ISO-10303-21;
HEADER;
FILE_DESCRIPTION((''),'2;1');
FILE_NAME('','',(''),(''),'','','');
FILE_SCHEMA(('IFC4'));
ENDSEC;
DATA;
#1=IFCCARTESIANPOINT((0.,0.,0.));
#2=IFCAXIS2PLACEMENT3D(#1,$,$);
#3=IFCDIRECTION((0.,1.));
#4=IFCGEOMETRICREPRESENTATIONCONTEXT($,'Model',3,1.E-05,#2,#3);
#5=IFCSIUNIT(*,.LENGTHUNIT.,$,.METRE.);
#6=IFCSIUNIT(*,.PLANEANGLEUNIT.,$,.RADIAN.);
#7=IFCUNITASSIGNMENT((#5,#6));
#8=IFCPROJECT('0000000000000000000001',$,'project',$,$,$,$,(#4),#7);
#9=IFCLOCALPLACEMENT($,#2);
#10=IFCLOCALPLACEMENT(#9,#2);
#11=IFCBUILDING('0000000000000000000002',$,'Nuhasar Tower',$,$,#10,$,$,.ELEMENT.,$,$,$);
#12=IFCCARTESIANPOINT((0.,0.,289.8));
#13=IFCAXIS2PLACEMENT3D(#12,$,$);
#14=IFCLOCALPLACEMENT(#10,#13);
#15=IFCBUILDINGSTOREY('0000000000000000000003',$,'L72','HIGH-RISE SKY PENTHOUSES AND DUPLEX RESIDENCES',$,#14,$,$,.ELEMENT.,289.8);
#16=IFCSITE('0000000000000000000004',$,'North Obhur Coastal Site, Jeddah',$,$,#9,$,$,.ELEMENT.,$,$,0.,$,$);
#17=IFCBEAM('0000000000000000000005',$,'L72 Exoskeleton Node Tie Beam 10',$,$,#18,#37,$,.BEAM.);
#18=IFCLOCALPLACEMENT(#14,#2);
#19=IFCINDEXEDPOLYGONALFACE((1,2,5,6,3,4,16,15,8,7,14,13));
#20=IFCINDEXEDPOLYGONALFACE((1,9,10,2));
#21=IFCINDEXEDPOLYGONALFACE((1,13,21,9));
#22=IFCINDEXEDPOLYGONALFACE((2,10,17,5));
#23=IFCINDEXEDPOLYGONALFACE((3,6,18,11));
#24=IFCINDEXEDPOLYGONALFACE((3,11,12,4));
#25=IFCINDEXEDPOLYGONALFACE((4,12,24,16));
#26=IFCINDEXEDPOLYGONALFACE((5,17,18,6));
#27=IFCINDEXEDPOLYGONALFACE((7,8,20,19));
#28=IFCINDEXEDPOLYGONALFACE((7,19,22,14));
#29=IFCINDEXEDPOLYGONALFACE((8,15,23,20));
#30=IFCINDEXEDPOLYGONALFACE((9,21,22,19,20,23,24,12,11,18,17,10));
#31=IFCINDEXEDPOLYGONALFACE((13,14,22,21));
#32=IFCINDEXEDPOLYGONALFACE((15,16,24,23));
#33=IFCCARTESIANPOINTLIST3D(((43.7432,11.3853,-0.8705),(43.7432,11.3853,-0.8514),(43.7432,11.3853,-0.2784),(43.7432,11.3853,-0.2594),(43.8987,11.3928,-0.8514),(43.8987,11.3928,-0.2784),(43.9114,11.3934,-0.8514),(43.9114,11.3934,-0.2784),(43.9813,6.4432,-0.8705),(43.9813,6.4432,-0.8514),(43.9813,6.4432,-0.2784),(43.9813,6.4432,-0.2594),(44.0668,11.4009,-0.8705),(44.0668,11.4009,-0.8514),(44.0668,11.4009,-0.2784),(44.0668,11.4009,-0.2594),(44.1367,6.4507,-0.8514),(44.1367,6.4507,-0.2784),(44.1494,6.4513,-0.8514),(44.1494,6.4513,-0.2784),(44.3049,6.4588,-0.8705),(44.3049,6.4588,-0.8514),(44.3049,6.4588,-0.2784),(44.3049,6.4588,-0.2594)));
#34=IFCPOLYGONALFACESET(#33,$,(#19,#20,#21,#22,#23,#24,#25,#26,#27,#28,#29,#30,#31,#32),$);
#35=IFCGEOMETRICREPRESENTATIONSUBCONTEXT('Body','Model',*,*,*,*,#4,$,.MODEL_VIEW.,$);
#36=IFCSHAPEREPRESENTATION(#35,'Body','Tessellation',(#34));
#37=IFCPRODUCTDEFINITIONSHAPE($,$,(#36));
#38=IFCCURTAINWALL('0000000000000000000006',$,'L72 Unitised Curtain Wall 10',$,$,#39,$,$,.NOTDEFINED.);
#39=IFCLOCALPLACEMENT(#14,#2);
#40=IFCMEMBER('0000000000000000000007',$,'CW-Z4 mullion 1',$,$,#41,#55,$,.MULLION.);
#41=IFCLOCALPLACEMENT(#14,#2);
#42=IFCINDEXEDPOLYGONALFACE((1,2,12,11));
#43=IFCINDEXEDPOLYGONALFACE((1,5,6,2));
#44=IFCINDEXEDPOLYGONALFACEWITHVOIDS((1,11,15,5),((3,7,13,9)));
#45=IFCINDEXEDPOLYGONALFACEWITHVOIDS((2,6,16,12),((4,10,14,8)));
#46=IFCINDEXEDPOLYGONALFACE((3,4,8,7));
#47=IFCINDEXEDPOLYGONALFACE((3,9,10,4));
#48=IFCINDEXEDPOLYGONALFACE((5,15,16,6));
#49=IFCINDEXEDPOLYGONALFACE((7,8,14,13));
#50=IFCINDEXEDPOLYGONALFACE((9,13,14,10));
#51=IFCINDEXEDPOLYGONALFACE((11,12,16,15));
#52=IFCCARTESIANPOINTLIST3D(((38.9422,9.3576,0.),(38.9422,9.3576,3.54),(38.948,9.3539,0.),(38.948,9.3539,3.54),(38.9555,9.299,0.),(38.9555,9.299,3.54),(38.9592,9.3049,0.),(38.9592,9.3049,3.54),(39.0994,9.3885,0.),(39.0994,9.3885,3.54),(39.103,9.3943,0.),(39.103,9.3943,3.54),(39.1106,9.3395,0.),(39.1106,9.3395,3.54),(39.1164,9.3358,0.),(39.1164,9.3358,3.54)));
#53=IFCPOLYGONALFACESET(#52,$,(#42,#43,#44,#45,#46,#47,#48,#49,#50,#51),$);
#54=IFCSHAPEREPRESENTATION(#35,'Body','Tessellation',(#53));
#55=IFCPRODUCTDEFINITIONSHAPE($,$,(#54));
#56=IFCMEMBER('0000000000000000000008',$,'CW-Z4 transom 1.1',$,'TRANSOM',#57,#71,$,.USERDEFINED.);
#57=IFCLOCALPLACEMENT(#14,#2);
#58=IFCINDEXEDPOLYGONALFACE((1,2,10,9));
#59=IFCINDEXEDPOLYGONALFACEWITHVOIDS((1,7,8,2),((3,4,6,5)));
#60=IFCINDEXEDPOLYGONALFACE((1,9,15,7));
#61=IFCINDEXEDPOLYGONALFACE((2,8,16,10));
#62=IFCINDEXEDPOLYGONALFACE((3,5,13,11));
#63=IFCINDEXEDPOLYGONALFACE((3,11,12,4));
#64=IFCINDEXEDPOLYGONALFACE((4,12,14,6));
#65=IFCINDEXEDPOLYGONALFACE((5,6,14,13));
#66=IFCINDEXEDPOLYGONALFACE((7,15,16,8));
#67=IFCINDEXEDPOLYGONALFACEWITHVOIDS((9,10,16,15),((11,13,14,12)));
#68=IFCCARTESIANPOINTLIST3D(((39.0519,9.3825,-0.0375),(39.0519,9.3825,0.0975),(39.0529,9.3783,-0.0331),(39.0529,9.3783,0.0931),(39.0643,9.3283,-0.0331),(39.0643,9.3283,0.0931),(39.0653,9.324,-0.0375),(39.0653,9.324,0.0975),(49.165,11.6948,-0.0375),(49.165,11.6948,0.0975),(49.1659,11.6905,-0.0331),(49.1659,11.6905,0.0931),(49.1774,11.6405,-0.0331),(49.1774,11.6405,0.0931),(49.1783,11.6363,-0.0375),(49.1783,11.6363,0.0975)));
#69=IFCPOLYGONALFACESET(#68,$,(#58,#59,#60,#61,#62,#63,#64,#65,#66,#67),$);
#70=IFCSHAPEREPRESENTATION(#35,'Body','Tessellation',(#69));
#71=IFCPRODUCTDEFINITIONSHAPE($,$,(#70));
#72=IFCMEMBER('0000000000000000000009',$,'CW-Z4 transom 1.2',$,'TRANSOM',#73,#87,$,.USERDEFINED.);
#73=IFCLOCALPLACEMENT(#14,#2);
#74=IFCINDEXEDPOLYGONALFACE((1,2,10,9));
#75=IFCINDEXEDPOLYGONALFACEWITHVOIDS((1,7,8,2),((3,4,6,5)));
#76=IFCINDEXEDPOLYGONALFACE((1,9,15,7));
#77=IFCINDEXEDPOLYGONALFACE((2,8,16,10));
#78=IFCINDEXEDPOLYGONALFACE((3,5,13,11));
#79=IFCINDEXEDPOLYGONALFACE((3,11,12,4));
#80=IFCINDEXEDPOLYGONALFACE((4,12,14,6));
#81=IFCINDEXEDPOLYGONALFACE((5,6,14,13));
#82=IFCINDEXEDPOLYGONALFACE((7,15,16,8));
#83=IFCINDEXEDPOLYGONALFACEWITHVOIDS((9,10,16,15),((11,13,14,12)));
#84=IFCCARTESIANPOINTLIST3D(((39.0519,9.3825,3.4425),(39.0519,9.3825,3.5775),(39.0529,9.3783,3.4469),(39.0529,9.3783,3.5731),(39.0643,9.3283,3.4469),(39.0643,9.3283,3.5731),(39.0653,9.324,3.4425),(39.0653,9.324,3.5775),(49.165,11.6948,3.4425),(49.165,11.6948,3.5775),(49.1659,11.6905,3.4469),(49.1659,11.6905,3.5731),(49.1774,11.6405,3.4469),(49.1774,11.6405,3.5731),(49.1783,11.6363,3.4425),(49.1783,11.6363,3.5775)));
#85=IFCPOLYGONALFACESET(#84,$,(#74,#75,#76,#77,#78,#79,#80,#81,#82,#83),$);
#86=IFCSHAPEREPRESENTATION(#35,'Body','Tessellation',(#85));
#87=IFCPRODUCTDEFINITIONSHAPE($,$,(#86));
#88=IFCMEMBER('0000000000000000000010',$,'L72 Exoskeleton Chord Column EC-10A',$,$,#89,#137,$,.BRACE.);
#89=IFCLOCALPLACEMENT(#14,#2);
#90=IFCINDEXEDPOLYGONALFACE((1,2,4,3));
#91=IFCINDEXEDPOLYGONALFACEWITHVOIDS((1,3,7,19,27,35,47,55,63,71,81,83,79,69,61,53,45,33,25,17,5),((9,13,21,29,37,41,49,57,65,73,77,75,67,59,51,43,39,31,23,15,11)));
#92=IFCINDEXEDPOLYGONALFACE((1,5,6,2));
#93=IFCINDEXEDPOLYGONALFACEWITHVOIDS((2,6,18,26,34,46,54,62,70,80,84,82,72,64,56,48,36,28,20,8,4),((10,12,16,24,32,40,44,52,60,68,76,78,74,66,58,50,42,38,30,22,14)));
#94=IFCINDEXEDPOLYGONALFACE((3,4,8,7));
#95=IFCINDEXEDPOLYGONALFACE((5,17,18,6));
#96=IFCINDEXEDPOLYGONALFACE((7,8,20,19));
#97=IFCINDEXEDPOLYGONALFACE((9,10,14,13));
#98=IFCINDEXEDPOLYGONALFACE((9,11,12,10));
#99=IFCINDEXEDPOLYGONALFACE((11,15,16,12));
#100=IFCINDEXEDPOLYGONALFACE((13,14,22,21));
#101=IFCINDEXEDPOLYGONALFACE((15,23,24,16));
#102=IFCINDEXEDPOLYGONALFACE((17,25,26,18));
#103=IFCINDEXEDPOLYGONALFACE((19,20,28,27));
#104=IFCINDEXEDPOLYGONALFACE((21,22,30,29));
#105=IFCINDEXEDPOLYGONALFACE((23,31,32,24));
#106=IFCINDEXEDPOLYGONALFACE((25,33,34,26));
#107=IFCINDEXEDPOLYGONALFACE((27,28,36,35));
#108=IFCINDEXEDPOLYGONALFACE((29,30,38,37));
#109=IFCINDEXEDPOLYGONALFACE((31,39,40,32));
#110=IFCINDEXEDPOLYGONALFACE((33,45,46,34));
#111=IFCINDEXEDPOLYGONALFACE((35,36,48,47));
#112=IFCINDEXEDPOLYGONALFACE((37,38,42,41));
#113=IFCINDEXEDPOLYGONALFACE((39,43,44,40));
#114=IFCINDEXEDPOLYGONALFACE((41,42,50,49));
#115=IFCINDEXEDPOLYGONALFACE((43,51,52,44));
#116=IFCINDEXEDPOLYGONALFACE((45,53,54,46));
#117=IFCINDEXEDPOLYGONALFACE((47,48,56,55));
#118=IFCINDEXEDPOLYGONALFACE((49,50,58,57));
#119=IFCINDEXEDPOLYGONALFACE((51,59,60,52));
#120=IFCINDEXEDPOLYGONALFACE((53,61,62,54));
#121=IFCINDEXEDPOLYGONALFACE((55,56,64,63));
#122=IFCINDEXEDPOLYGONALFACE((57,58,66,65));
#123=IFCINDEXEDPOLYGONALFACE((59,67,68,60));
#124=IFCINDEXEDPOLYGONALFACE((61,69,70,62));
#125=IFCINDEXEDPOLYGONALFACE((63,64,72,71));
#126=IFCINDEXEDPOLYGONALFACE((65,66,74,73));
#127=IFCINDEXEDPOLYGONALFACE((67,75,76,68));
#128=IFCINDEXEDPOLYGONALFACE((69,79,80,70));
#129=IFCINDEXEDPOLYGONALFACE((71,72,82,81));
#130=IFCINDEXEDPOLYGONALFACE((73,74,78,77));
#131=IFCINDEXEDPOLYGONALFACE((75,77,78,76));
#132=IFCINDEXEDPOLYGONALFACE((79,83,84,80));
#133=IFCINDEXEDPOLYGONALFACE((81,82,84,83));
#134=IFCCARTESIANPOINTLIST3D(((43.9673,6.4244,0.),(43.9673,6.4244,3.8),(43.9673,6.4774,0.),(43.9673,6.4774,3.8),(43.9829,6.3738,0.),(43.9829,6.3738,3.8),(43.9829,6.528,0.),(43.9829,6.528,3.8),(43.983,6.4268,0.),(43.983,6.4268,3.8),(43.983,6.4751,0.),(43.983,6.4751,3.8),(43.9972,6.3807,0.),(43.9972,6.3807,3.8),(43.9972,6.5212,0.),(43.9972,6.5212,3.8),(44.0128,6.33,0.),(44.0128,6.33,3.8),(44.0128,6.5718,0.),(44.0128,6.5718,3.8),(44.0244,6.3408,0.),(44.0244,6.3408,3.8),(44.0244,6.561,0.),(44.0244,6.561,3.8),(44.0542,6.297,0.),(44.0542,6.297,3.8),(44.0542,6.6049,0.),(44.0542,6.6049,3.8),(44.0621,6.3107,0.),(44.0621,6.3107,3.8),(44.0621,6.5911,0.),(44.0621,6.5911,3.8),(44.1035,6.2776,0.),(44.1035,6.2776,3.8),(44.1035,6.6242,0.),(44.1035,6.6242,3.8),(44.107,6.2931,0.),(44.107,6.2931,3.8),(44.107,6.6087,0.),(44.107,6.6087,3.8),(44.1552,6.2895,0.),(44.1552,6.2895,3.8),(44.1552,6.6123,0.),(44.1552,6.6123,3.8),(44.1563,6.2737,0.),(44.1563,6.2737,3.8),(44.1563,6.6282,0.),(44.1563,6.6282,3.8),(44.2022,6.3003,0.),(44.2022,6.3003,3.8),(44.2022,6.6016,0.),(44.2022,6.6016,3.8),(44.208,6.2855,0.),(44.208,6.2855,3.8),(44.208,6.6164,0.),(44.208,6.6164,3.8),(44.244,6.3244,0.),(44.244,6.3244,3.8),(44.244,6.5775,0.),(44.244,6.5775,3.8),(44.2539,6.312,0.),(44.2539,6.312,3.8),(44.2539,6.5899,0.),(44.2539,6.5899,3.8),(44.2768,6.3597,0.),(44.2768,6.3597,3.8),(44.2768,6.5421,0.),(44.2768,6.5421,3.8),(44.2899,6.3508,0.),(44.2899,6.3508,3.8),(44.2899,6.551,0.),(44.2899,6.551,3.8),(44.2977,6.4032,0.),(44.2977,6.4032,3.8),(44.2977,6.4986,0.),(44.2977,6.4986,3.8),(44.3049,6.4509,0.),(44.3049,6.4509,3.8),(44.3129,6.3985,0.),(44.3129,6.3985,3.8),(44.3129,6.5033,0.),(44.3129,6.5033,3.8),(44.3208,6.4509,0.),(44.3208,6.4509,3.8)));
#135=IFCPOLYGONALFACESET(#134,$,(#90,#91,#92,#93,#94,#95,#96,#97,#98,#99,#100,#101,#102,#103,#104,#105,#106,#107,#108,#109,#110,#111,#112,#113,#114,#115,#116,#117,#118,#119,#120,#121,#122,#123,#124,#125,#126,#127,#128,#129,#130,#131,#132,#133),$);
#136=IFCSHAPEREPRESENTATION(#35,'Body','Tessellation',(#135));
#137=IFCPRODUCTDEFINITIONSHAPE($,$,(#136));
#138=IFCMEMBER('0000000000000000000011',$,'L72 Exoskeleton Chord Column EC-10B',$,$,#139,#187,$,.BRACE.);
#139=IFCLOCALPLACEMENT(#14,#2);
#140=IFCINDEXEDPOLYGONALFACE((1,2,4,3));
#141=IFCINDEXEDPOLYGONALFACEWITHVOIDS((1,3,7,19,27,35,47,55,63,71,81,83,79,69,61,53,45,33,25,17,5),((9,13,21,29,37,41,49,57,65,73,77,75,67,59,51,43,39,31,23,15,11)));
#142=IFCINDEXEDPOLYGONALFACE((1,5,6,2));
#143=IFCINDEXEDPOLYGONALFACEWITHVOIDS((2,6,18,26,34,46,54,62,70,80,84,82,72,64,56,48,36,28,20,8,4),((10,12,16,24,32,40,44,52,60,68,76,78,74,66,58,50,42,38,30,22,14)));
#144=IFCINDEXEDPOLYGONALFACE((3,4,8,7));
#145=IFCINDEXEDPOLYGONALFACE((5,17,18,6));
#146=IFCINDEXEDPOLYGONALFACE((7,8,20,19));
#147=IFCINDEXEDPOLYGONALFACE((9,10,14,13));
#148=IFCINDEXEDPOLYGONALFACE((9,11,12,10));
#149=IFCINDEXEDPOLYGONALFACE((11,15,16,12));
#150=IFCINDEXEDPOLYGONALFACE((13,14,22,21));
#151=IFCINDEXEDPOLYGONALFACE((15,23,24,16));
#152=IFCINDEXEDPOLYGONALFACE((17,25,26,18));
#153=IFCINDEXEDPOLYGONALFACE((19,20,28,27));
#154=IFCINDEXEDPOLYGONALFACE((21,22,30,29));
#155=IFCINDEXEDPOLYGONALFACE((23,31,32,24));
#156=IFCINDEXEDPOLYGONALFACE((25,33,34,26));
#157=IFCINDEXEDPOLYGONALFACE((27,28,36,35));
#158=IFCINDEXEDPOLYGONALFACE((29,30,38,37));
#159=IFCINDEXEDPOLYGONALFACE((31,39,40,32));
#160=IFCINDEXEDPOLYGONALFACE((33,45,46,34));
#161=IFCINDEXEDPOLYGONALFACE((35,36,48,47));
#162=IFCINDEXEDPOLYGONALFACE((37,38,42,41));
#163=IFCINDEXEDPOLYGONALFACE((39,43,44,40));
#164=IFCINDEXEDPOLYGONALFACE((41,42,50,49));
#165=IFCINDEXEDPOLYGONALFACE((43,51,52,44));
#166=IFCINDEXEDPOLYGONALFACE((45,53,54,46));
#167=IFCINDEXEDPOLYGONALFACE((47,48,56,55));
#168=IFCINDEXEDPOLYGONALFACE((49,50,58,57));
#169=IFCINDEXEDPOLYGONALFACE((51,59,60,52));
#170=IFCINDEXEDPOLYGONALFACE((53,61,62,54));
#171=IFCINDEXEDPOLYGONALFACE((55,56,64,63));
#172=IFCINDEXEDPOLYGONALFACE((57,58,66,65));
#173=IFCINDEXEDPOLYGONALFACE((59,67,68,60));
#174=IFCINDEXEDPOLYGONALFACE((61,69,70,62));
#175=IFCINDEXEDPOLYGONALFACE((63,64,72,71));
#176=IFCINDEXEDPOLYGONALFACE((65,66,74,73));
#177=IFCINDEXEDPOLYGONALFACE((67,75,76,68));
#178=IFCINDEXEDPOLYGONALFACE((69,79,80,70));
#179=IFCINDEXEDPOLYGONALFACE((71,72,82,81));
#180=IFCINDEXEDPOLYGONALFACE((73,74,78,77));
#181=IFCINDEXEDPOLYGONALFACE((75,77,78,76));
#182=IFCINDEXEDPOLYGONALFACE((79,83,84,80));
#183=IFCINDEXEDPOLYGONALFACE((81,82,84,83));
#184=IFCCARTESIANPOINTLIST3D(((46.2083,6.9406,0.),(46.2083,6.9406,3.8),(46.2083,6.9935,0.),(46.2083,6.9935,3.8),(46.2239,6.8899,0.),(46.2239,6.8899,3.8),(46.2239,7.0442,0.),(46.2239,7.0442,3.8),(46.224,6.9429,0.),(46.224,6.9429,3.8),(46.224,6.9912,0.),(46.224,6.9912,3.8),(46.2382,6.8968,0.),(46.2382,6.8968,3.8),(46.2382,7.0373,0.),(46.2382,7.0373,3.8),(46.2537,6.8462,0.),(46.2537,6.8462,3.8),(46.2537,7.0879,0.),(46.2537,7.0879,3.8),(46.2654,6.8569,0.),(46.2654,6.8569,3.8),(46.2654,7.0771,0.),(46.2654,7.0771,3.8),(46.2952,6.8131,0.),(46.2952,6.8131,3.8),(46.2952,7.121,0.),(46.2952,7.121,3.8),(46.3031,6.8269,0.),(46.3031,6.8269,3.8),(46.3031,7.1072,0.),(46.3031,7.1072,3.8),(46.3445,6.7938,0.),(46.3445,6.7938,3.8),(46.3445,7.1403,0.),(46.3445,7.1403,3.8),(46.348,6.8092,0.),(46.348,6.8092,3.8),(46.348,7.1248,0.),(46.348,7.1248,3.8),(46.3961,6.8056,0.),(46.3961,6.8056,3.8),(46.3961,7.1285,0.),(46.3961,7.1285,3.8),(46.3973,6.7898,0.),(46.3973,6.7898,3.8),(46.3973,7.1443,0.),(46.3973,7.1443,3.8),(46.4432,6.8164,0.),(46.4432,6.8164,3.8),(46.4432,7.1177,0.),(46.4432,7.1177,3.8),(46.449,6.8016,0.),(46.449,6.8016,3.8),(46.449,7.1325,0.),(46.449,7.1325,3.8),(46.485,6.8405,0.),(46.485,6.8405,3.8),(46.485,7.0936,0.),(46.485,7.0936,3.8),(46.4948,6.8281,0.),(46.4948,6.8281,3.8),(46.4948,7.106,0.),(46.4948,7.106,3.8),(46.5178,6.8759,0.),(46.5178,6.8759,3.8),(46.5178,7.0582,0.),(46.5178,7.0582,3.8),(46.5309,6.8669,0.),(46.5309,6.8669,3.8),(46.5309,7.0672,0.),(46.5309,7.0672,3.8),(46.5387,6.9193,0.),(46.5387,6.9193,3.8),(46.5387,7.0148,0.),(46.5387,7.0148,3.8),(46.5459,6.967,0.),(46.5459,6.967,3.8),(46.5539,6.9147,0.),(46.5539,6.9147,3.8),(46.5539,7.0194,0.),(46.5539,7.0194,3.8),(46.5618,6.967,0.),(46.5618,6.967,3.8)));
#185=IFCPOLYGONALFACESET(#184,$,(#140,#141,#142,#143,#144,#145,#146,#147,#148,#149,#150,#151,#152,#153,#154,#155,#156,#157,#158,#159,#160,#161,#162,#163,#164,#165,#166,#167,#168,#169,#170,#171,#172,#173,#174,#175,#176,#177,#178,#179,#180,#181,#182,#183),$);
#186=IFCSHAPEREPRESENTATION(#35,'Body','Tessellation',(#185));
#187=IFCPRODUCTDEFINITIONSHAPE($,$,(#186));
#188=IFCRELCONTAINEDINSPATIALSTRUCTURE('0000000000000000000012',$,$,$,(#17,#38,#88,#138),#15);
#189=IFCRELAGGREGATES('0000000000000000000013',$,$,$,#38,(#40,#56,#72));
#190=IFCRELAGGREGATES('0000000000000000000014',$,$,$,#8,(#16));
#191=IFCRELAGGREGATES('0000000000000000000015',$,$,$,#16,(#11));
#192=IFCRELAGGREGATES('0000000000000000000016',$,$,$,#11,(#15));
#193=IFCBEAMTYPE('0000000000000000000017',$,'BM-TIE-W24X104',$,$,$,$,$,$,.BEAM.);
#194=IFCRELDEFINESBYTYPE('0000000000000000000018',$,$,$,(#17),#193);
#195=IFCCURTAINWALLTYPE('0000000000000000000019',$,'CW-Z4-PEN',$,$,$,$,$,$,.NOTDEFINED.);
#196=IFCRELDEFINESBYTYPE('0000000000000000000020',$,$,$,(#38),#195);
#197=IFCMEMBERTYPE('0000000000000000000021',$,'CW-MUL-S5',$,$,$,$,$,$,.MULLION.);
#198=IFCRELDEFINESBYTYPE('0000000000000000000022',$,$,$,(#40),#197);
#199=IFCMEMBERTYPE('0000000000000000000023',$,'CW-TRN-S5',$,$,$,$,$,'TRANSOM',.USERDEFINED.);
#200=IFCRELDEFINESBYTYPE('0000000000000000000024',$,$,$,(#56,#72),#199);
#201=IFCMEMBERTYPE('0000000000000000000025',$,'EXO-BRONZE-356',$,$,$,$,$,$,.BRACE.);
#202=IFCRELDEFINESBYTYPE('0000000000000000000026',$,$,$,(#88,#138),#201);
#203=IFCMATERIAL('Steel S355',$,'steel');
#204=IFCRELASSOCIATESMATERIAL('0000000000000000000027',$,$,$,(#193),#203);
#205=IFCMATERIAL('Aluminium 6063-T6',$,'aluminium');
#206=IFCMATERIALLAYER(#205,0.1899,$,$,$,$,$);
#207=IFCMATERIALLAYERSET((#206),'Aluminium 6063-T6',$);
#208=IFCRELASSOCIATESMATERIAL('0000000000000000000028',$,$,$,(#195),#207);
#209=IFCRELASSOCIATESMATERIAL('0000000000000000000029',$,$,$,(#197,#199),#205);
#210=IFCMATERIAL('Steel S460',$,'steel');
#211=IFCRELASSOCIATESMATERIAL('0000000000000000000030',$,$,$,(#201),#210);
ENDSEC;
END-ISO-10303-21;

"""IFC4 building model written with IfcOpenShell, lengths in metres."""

from ifc_helpers import new_model, si_unit, direction, frame, origin, origin_2d, place, context, subcontext, project, spatial, hollow_rectangle, hollow_circle, i_section, extrude, material, layer, layer_set, material_profile, profile_set, type_object, element, aggregate, save


model = new_model("IFC4")

# Units and contexts
model_context = context("Model", 3, precision=1e-05, world=origin(), true_north=direction((0.0, 1.0)))
body_context = subcontext(model_context, "Body", "Model", "MODEL_VIEW")
ifc_project = project(units=[si_unit("LENGTHUNIT", "METRE"), si_unit("PLANEANGLEUNIT", "RADIAN")], contexts=[model_context])

# Site, building, storey
site_placement = place(None, origin())
site = spatial("IfcSite", under=ifc_project, at=site_placement, Name="North Obhur Coastal Site, Jeddah", CompositionType="ELEMENT", RefElevation=0.0)
building_placement = place(site_placement, origin())
building = spatial("IfcBuilding", under=site, at=building_placement, Name="Nuhasar Tower", CompositionType="ELEMENT")
storey_placement = place(building_placement, frame((0.0, 0.0, 289.8)))
storey = spatial("IfcBuildingStorey", under=building, at=storey_placement, Name="L72", Description="HIGH-RISE SKY PENTHOUSES AND DUPLEX RESIDENCES", CompositionType="ELEMENT", Elevation=289.8)

# Beam
ifc_material_1 = material(Name="Steel S355", Category="steel")
ifc_material_profile_1 = material_profile(ifc_material_1, i_section(OverallWidth=0.324, OverallDepth=0.6111, WebThickness=0.0127, FlangeThickness=0.019, at=origin_2d()), Name="W24X104")
ifc_profile_set_1 = profile_set([ifc_material_profile_1], Name="Steel S355")
beam_type_1 = type_object("IfcBeamType", Name="BM-TIE-W24X104", PredefinedType="BEAM", material=ifc_profile_set_1)
beam_1_placement = place(storey_placement, frame((43.905, 11.3931, -0.5649), z_axis=(0.048109, -0.998842, 0.0), x_axis=(0.998842, 0.048109, 0.0)))
element("IfcBeam", 1, at=beam_1_placement, inside=storey, type_object=beam_type_1, Name="L72 Exoskeleton Node Tie Beam 10", PredefinedType="BEAM", context=body_context, shape_type="SweptSolid", body=[
    extrude(i_section(OverallWidth=0.324, OverallDepth=0.6111, WebThickness=0.0127, FlangeThickness=0.019, at=origin_2d()), origin(), (0.0, 0.0, 1.0), 4.9478),
])

# Curtain wall, members
ifc_material_2 = material(Name="Aluminium 6063-T6", Category="aluminium")
ifc_layer_1 = layer(ifc_material_2, 0.1899)
ifc_layer_set_1 = layer_set([ifc_layer_1], Name="Aluminium 6063-T6")
curtain_wall_type = type_object("IfcCurtainWallType", Name="CW-Z4-PEN", PredefinedType="NOTDEFINED", material=ifc_layer_set_1)
curtain_wall_placement = place(storey_placement, origin())
curtain_wall = element("IfcCurtainWall", 2, at=curtain_wall_placement, inside=storey, type_object=curtain_wall_type, Name="L72 Unitised Curtain Wall 10", PredefinedType="NOTDEFINED")
ifc_material_profile_2 = material_profile(ifc_material_2, hollow_rectangle(XDim=0.0601, YDim=0.165, WallThickness=0.0049, at=origin_2d()), Name="CWM-5")
ifc_profile_set_2 = profile_set([ifc_material_profile_2], Name="Aluminium 6063-T6")
member_type_1 = type_object("IfcMemberType", Name="CW-MUL-S5", PredefinedType="MULLION", material=ifc_profile_set_2)
member_1_placement = place(storey_placement, frame((39.0293, 9.3467, 0.0), z_axis=(0.0, 0.0, 1.0), x_axis=(-0.222889, 0.974844, 0.0)))
member_1 = element("IfcMember", 3, at=member_1_placement, type_object=member_type_1, Name="CW-Z4 mullion 1", PredefinedType="MULLION", context=body_context, shape_type="SweptSolid", body=[
    extrude(hollow_rectangle(XDim=0.0601, YDim=0.165, WallThickness=0.0049, at=origin_2d()), origin(), (0.0, 0.0, 1.0), 3.54),
])
ifc_material_profile_3 = material_profile(ifc_material_2, hollow_rectangle(XDim=0.0601, YDim=0.135, WallThickness=0.0044, at=origin_2d()), Name="CWT-5")
ifc_profile_set_3 = profile_set([ifc_material_profile_3], Name="Aluminium 6063-T6")
member_type_2 = type_object("IfcMemberType", Name="CW-TRN-S5", ElementType="TRANSOM", PredefinedType="USERDEFINED", material=ifc_profile_set_3)
member_2_placement = place(storey_placement, frame((39.0586, 9.3533, 0.03), z_axis=(0.974844, 0.222889, 0.0), x_axis=(-0.222889, 0.974844, 0.0)))
member_2 = element("IfcMember", 4, at=member_2_placement, type_object=member_type_2, Name="CW-Z4 transom 1.1", ObjectType="TRANSOM", PredefinedType="USERDEFINED", context=body_context, shape_type="SweptSolid", body=[
    extrude(hollow_rectangle(XDim=0.0601, YDim=0.135, WallThickness=0.0044, at=origin_2d()), origin(), (0.0, 0.0, 1.0), 10.374),
])
member_3_placement = place(storey_placement, frame((39.0586, 9.3533, 3.51), z_axis=(0.974844, 0.222889, 0.0), x_axis=(-0.222889, 0.974844, 0.0)))
member_3 = element("IfcMember", 5, at=member_3_placement, type_object=member_type_2, Name="CW-Z4 transom 1.2", ObjectType="TRANSOM", PredefinedType="USERDEFINED", context=body_context, shape_type="SweptSolid", body=[
    extrude(hollow_rectangle(XDim=0.0601, YDim=0.135, WallThickness=0.0044, at=origin_2d()), origin(), (0.0, 0.0, 1.0), 10.374),
])

# Members
ifc_material_3 = material(Name="Steel S460", Category="steel")
ifc_material_profile_4 = material_profile(ifc_material_3, hollow_circle(Radius=0.1777, WallThickness=0.0159, at=origin_2d()), Name="HSS355.6X15.9")
ifc_profile_set_4 = profile_set([ifc_material_profile_4], Name="Steel S460")
member_type_3 = type_object("IfcMemberType", Name="EXO-BRONZE-356", PredefinedType="BRACE", material=ifc_profile_set_4)
for number, where, z_axis, x_axis, name in (
    (6, (44.1431, 6.4509, 0.0), (0.0, 0.0, 1.0), (1.0, 0.0, 0.0), "L72 Exoskeleton Chord Column EC-10A"),
    (7, (46.384, 6.967, 0.0), (0.0, 0.0, 1.0), (1.0, 0.0, 0.0), "L72 Exoskeleton Chord Column EC-10B"),
):
    element("IfcMember", number, at=place(storey_placement, frame(where, z_axis=z_axis, x_axis=x_axis)), inside=storey, type_object=member_type_3, Name=name, PredefinedType="BRACE", context=body_context, shape_type="SweptSolid", body=[
        extrude(hollow_circle(Radius=0.1777, WallThickness=0.0159, at=origin_2d()), origin(), (0.0, 0.0, 1.0), 3.8),
    ])

aggregate(curtain_wall, [member_1, member_2, member_3])

save(model, "model.ifc")
